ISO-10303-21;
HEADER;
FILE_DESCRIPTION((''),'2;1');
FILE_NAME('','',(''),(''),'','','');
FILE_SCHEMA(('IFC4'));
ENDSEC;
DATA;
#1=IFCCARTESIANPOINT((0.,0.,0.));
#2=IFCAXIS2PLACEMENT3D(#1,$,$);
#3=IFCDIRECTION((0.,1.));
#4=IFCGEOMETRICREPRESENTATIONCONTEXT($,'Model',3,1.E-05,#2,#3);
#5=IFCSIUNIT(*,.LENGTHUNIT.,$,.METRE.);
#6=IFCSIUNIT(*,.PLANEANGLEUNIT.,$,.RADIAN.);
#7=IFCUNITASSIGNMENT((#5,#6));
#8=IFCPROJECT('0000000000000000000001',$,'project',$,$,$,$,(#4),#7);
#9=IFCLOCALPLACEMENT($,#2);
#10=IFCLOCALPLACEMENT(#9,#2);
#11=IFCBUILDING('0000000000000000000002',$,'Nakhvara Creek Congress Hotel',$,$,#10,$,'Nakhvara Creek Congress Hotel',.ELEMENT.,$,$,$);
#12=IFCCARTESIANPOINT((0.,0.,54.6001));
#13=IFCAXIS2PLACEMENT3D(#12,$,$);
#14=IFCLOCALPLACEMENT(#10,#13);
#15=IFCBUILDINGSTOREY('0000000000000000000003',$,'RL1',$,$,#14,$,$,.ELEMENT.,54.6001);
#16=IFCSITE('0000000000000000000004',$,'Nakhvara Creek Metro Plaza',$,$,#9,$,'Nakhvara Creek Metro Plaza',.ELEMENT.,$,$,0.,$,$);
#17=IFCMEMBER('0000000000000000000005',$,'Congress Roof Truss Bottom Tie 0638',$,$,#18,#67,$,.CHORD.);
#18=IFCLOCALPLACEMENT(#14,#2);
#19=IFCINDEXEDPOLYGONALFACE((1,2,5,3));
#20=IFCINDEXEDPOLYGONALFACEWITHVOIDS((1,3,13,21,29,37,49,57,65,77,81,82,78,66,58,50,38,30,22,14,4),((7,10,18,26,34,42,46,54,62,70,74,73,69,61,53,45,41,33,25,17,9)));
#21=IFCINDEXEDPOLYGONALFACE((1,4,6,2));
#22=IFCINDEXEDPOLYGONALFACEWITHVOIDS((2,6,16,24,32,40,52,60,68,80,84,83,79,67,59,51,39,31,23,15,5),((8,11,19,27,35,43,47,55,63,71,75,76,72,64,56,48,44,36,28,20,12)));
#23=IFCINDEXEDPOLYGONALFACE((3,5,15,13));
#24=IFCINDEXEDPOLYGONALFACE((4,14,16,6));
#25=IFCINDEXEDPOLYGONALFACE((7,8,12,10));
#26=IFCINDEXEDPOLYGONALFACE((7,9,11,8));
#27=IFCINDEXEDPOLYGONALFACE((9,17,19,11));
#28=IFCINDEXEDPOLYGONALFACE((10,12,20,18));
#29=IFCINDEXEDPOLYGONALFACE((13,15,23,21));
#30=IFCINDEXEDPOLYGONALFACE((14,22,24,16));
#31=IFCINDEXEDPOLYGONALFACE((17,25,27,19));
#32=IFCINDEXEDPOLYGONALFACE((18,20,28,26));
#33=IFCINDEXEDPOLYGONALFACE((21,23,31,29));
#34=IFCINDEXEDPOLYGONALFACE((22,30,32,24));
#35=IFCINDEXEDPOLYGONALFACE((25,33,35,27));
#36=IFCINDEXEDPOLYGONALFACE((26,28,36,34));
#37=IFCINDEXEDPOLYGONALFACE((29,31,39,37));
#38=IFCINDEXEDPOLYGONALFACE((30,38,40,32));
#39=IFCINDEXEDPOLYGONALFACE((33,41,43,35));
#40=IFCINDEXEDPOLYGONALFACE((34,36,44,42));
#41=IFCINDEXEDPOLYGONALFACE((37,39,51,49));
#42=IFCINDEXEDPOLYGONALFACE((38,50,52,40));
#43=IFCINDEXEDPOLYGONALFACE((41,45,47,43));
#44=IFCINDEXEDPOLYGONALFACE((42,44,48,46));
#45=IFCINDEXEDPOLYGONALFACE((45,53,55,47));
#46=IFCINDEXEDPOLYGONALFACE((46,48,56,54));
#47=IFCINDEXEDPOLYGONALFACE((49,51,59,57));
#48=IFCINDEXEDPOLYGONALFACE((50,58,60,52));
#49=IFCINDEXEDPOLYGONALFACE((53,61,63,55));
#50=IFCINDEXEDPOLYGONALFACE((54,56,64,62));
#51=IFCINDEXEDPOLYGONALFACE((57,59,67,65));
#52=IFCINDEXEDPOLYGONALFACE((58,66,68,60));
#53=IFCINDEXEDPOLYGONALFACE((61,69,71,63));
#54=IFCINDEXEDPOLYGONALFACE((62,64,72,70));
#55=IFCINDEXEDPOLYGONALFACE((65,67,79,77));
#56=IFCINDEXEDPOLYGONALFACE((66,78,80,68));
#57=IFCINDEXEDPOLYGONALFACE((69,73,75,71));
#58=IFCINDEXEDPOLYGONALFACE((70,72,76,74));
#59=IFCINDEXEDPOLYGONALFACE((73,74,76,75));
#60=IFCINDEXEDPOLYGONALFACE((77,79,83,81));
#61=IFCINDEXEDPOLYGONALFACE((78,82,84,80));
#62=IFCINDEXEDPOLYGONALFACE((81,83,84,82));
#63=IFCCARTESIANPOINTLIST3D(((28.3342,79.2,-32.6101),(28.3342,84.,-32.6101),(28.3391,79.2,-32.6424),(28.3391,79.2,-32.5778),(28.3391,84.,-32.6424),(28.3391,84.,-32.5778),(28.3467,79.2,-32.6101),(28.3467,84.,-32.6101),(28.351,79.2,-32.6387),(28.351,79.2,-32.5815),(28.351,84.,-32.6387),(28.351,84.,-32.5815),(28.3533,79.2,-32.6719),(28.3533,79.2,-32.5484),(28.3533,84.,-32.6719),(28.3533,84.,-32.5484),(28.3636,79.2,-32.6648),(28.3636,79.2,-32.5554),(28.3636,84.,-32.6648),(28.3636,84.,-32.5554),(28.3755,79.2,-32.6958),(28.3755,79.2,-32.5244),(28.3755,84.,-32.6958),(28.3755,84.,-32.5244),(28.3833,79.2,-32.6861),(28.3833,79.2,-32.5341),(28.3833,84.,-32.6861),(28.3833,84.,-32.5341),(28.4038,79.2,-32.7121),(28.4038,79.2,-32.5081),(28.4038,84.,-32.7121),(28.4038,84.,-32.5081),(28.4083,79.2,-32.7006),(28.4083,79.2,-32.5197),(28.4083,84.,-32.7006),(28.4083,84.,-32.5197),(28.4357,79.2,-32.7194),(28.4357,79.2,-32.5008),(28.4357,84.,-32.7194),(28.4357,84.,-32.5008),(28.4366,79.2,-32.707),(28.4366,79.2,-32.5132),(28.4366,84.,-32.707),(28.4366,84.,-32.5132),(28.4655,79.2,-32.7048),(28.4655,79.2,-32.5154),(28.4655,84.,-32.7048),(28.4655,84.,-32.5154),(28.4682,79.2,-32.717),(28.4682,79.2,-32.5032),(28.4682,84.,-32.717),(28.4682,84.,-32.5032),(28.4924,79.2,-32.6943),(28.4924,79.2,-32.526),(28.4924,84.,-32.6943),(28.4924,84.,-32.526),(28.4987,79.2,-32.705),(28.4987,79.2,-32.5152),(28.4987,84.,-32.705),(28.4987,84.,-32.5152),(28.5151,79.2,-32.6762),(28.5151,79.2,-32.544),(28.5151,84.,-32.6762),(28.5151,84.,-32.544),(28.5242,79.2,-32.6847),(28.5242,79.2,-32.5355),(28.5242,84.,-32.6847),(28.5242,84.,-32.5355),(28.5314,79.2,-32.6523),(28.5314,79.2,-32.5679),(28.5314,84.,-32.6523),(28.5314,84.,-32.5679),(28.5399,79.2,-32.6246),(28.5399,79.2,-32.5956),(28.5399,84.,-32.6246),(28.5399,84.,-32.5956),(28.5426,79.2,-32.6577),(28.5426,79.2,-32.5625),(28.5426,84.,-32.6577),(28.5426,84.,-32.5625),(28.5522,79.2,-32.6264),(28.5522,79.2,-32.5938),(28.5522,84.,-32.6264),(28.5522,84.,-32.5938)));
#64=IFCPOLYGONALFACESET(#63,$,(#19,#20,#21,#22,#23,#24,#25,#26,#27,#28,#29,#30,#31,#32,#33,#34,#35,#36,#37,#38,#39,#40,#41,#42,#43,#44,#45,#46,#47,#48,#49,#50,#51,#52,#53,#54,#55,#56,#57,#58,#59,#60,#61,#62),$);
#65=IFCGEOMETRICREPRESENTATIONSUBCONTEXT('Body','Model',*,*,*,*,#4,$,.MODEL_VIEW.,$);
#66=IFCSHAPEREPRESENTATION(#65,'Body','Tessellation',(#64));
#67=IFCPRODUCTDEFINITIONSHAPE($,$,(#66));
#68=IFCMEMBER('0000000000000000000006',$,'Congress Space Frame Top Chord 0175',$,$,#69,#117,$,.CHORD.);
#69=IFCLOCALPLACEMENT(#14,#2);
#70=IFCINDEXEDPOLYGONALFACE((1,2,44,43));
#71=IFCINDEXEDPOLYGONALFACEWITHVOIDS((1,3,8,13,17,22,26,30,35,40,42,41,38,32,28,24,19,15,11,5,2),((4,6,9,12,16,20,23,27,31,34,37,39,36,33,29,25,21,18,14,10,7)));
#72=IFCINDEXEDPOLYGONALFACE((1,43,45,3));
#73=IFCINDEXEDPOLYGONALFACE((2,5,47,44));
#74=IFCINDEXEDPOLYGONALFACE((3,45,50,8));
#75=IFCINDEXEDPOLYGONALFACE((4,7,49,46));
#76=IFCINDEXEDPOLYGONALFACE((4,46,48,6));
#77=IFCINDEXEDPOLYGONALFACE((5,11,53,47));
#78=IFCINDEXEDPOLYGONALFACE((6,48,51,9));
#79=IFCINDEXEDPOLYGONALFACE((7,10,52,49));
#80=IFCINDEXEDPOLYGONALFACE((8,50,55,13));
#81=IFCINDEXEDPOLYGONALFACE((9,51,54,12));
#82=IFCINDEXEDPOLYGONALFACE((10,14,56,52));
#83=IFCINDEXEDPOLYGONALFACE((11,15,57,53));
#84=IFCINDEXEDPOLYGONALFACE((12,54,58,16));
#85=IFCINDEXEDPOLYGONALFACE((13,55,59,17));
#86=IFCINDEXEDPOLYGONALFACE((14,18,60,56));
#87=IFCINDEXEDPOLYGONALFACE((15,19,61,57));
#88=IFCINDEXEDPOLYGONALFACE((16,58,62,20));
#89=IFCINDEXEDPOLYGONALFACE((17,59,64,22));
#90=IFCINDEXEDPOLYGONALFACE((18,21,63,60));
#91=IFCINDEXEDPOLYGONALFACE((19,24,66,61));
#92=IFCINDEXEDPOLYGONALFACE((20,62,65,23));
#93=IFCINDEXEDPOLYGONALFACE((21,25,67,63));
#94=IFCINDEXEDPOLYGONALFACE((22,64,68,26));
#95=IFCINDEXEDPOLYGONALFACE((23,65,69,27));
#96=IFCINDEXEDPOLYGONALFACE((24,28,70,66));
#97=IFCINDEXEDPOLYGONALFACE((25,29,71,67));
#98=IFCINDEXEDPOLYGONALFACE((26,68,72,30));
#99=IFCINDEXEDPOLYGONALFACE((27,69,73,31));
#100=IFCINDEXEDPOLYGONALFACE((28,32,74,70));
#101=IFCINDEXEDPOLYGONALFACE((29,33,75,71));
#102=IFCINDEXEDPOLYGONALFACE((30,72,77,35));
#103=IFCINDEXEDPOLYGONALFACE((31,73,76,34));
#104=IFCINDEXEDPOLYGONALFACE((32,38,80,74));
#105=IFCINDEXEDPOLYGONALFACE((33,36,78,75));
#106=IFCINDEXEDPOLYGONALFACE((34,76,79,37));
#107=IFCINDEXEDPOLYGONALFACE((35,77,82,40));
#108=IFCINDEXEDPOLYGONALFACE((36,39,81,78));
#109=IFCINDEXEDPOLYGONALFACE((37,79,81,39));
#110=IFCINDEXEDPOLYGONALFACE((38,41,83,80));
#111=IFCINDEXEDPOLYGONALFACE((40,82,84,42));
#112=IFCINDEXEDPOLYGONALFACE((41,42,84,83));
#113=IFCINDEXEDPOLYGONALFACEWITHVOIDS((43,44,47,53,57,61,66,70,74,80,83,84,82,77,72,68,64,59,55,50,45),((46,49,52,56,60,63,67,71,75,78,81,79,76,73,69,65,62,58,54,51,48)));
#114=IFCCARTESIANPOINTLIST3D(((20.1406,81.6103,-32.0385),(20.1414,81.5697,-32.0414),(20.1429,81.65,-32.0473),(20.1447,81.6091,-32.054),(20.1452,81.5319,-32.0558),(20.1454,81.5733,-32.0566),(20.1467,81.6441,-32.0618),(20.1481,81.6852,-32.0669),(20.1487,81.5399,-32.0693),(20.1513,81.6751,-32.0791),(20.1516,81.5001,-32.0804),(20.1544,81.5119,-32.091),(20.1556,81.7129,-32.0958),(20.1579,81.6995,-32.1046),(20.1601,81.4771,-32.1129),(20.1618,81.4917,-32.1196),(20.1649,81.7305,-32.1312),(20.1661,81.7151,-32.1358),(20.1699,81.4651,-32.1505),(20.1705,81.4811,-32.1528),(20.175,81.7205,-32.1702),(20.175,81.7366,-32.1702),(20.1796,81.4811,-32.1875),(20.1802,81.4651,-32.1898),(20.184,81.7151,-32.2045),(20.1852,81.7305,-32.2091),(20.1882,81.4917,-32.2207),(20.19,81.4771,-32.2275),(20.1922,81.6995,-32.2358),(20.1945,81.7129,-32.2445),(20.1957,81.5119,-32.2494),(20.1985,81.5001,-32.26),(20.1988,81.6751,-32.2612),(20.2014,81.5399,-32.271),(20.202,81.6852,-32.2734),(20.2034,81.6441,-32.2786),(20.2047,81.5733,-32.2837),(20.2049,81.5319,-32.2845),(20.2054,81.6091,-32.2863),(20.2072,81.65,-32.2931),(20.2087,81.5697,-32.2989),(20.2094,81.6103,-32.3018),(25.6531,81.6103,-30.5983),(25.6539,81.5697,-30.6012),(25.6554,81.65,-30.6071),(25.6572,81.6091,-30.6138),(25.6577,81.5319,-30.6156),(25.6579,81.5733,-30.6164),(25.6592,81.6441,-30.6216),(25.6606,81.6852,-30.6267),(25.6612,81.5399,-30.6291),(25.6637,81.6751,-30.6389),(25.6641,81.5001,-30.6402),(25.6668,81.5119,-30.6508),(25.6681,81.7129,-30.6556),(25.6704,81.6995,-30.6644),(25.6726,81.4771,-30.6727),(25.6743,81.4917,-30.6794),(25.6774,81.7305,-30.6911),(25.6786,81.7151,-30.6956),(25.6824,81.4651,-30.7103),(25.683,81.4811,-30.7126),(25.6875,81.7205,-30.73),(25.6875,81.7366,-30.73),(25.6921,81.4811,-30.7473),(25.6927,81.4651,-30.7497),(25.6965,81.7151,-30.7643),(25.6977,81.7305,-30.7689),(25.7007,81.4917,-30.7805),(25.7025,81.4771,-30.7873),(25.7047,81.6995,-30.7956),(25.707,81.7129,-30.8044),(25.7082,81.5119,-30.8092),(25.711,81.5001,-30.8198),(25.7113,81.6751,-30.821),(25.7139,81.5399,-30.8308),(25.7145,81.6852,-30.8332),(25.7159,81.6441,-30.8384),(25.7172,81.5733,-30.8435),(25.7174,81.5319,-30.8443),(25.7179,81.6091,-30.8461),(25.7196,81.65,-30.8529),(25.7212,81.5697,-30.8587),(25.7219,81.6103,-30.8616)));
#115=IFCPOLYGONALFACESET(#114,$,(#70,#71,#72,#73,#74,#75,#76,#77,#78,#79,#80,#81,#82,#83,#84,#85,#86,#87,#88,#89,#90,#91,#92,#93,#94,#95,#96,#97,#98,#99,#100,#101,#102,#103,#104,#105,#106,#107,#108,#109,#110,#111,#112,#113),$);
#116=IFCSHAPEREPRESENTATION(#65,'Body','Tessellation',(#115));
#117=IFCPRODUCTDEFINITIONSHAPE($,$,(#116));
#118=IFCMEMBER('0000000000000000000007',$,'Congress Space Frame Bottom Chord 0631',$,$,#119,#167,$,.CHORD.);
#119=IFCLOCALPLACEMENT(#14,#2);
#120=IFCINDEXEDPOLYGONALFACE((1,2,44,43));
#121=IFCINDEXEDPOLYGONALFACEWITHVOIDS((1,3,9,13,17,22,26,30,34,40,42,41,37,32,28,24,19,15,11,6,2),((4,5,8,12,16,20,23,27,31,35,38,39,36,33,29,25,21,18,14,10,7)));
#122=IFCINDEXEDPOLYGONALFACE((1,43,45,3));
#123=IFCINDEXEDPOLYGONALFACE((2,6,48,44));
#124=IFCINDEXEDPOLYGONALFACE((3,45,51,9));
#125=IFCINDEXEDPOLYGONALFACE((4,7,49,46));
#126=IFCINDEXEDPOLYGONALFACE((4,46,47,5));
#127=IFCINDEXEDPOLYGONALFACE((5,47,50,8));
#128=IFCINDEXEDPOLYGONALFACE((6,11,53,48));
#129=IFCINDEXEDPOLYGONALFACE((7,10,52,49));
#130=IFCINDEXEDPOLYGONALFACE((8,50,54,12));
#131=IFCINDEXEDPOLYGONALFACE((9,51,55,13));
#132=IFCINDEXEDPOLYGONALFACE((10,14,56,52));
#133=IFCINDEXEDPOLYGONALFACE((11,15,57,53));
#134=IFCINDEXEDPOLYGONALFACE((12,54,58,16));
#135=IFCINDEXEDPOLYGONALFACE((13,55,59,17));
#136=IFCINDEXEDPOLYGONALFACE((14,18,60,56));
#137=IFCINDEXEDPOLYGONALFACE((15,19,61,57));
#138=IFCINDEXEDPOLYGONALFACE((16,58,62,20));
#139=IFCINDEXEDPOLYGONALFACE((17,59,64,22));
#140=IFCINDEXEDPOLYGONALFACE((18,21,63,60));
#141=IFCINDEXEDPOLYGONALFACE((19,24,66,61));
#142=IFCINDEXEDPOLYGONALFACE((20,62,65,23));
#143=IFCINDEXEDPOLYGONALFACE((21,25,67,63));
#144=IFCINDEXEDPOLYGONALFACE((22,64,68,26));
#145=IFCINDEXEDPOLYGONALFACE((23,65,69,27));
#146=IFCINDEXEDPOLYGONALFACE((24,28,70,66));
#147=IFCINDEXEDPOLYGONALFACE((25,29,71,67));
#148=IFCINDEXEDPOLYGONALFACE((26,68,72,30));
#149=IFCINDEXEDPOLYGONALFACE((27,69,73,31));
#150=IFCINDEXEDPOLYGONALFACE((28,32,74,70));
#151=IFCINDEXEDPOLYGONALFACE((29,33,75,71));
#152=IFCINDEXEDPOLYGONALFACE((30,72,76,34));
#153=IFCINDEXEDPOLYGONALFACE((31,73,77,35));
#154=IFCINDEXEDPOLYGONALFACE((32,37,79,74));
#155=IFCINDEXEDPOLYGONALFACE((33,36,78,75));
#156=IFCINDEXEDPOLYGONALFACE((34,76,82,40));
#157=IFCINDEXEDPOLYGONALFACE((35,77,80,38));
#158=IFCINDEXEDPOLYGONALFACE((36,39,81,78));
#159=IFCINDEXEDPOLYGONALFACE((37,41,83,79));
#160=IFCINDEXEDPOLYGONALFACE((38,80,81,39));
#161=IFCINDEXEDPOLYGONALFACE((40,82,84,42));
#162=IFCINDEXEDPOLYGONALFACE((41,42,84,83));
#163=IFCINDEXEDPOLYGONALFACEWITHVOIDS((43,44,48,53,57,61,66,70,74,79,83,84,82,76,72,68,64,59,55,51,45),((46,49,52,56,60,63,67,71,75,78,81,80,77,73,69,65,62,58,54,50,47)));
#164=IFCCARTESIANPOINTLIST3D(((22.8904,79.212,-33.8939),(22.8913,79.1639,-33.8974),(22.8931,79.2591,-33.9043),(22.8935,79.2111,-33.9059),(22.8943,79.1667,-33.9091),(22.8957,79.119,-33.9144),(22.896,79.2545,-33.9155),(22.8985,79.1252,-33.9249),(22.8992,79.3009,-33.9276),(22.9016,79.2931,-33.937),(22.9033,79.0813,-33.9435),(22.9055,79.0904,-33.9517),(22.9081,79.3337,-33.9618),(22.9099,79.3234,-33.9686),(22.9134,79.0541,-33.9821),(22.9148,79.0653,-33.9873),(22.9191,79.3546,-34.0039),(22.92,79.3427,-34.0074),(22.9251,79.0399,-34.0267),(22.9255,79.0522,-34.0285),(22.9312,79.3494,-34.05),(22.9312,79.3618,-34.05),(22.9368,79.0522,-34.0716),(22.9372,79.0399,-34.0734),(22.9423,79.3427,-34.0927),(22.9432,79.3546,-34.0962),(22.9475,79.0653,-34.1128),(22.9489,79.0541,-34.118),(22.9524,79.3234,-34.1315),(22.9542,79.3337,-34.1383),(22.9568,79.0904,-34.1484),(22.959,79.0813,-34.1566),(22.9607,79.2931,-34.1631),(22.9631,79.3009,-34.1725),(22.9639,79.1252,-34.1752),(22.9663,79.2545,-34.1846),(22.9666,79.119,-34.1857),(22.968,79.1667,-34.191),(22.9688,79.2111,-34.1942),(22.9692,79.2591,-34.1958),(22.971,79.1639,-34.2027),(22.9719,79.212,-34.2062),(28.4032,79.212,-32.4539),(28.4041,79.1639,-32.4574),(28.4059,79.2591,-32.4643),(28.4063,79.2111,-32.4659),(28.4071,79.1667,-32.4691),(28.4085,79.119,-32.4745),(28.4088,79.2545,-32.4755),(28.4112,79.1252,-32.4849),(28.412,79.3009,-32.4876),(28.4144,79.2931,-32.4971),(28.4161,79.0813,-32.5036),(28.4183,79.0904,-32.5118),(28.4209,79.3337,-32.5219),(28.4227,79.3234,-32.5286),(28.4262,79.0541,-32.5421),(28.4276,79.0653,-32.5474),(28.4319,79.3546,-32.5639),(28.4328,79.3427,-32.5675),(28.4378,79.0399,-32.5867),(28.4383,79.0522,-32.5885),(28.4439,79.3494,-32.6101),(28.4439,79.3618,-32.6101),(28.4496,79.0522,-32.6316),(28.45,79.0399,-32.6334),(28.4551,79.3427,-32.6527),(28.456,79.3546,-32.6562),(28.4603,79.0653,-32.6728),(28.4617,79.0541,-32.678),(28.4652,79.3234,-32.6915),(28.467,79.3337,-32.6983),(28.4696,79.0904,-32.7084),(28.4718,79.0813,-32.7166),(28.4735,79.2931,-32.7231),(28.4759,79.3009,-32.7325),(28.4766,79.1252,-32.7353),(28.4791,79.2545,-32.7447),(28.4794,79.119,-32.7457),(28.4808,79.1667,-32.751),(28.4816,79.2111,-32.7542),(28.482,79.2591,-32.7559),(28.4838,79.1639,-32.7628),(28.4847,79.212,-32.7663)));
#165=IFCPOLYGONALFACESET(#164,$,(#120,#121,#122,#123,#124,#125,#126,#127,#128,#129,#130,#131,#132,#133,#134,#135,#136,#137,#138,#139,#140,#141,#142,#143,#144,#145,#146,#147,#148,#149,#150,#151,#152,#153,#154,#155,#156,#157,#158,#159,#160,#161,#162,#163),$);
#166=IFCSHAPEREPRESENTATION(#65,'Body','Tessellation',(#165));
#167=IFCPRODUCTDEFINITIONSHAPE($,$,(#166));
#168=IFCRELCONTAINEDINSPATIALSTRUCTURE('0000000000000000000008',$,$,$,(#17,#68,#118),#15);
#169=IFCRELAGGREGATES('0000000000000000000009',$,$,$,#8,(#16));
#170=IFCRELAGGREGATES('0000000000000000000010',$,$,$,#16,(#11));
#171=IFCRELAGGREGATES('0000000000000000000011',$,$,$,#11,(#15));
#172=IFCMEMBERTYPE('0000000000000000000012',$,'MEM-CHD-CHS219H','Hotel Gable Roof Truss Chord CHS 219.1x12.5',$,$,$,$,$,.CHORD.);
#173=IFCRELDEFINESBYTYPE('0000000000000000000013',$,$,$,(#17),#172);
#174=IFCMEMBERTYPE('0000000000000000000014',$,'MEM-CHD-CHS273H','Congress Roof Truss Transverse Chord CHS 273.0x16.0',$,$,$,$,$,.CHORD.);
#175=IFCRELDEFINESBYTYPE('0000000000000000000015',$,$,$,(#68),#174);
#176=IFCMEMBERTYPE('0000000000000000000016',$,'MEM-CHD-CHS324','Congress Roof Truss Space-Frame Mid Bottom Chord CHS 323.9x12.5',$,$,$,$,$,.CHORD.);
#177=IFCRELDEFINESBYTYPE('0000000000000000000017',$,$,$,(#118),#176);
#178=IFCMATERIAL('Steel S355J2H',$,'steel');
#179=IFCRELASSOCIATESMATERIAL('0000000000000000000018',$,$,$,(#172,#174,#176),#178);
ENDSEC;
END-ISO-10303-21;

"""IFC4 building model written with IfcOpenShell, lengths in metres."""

from ifc_helpers import new_model, si_unit, direction, frame, origin, origin_2d, place, context, subcontext, project, spatial, hollow_circle, extrude, material, material_profile, profile_set, type_object, element, save


model = new_model("IFC4")

# Units and contexts
model_context = context("Model", 3, precision=1e-05, world=origin(), true_north=direction((0.0, 1.0)))
body_context = subcontext(model_context, "Body", "Model", "MODEL_VIEW")
ifc_project = project(units=[si_unit("LENGTHUNIT", "METRE"), si_unit("PLANEANGLEUNIT", "RADIAN")], contexts=[model_context])

# Site, building, storey
site_placement = place(None, origin())
site = spatial("IfcSite", under=ifc_project, at=site_placement, Name="Nakhvara Creek Metro Plaza", LongName="Nakhvara Creek Metro Plaza", CompositionType="ELEMENT", RefElevation=0.0)
building_placement = place(site_placement, origin())
building = spatial("IfcBuilding", under=site, at=building_placement, Name="Nakhvara Creek Congress Hotel", LongName="Nakhvara Creek Congress Hotel", CompositionType="ELEMENT")
storey_placement = place(building_placement, frame((0.0, 0.0, 54.6001)))
storey = spatial("IfcBuildingStorey", under=building, at=storey_placement, Name="RL1", CompositionType="ELEMENT", Elevation=54.6001)

# Members
ifc_material_1 = material(Name="Steel S355J2H", Category="steel")
ifc_material_profile_1 = material_profile(ifc_material_1, hollow_circle(Radius=0.1096, WallThickness=0.0125, at=origin_2d()), Name="CHS 219.1x12.5", Category="LoadBearing")
ifc_profile_set_1 = profile_set([ifc_material_profile_1], Name="Steel S355J2H")
member_type_1 = type_object("IfcMemberType", Name="MEM-CHD-CHS219H", Description="Hotel Gable Roof Truss Chord CHS 219.1x12.5", PredefinedType="CHORD", material=ifc_profile_set_1)
for number, where, z_axis, x_axis, name in (
    (1, (28.4438, 79.2, -32.6101), (0.0, 1.0, 0.0), (-1.0, 0.0, 0.0), "Congress Roof Truss Bottom Tie 0638"),
):
    element("IfcMember", number, at=place(storey_placement, frame(where, z_axis=z_axis, x_axis=x_axis)), inside=storey, type_object=member_type_1, Name=name, PredefinedType="CHORD", context=body_context, shape_type="SweptSolid", body=[
        extrude(hollow_circle(Radius=0.1096, WallThickness=0.0125, at=origin_2d()), origin(), (0.0, 0.0, 1.0), 4.8),
    ])
ifc_material_profile_2 = material_profile(ifc_material_1, hollow_circle(Radius=0.1365, WallThickness=0.0161, at=origin_2d()), Name="CHS 273.0x16.0", Category="LoadBearing")
ifc_profile_set_2 = profile_set([ifc_material_profile_2], Name="Steel S355J2H")
member_type_2 = type_object("IfcMemberType", Name="MEM-CHD-CHS273H", Description="Congress Roof Truss Transverse Chord CHS 273.0x16.0", PredefinedType="CHORD", material=ifc_profile_set_2)
member_1_placement = place(storey_placement, frame((20.175, 81.6001, -32.1702), z_axis=(0.967525, 0.0, 0.252776), x_axis=(0.0, 1.0, 0.0)))
element("IfcMember", 2, at=member_1_placement, inside=storey, type_object=member_type_2, Name="Congress Space Frame Top Chord 0175", PredefinedType="CHORD", context=body_context, shape_type="SweptSolid", body=[
    extrude(hollow_circle(Radius=0.1365, WallThickness=0.0161, at=origin_2d()), origin(), (0.0, 0.0, 1.0), 5.6975),
])
ifc_material_profile_3 = material_profile(ifc_material_1, hollow_circle(Radius=0.1619, WallThickness=0.0125, at=origin_2d()), Name="CHS 323.9x12.5", Category="LoadBearing")
ifc_profile_set_3 = profile_set([ifc_material_profile_3], Name="Steel S355J2H")
member_type_3 = type_object("IfcMemberType", Name="MEM-CHD-CHS324", Description="Congress Roof Truss Space-Frame Mid Bottom Chord CHS 323.9x12.5", PredefinedType="CHORD", material=ifc_profile_set_3)
member_2_placement = place(storey_placement, frame((22.9312, 79.2, -34.05), z_axis=(0.967538, 0.0, 0.252725), x_axis=(0.0, 1.0, 0.0)))
element("IfcMember", 3, at=member_2_placement, inside=storey, type_object=member_type_3, Name="Congress Space Frame Bottom Chord 0631", PredefinedType="CHORD", context=body_context, shape_type="SweptSolid", body=[
    extrude(hollow_circle(Radius=0.1619, WallThickness=0.0125, at=origin_2d()), origin(), (0.0, 0.0, 1.0), 5.6978),
])

save(model, "model.ifc")
